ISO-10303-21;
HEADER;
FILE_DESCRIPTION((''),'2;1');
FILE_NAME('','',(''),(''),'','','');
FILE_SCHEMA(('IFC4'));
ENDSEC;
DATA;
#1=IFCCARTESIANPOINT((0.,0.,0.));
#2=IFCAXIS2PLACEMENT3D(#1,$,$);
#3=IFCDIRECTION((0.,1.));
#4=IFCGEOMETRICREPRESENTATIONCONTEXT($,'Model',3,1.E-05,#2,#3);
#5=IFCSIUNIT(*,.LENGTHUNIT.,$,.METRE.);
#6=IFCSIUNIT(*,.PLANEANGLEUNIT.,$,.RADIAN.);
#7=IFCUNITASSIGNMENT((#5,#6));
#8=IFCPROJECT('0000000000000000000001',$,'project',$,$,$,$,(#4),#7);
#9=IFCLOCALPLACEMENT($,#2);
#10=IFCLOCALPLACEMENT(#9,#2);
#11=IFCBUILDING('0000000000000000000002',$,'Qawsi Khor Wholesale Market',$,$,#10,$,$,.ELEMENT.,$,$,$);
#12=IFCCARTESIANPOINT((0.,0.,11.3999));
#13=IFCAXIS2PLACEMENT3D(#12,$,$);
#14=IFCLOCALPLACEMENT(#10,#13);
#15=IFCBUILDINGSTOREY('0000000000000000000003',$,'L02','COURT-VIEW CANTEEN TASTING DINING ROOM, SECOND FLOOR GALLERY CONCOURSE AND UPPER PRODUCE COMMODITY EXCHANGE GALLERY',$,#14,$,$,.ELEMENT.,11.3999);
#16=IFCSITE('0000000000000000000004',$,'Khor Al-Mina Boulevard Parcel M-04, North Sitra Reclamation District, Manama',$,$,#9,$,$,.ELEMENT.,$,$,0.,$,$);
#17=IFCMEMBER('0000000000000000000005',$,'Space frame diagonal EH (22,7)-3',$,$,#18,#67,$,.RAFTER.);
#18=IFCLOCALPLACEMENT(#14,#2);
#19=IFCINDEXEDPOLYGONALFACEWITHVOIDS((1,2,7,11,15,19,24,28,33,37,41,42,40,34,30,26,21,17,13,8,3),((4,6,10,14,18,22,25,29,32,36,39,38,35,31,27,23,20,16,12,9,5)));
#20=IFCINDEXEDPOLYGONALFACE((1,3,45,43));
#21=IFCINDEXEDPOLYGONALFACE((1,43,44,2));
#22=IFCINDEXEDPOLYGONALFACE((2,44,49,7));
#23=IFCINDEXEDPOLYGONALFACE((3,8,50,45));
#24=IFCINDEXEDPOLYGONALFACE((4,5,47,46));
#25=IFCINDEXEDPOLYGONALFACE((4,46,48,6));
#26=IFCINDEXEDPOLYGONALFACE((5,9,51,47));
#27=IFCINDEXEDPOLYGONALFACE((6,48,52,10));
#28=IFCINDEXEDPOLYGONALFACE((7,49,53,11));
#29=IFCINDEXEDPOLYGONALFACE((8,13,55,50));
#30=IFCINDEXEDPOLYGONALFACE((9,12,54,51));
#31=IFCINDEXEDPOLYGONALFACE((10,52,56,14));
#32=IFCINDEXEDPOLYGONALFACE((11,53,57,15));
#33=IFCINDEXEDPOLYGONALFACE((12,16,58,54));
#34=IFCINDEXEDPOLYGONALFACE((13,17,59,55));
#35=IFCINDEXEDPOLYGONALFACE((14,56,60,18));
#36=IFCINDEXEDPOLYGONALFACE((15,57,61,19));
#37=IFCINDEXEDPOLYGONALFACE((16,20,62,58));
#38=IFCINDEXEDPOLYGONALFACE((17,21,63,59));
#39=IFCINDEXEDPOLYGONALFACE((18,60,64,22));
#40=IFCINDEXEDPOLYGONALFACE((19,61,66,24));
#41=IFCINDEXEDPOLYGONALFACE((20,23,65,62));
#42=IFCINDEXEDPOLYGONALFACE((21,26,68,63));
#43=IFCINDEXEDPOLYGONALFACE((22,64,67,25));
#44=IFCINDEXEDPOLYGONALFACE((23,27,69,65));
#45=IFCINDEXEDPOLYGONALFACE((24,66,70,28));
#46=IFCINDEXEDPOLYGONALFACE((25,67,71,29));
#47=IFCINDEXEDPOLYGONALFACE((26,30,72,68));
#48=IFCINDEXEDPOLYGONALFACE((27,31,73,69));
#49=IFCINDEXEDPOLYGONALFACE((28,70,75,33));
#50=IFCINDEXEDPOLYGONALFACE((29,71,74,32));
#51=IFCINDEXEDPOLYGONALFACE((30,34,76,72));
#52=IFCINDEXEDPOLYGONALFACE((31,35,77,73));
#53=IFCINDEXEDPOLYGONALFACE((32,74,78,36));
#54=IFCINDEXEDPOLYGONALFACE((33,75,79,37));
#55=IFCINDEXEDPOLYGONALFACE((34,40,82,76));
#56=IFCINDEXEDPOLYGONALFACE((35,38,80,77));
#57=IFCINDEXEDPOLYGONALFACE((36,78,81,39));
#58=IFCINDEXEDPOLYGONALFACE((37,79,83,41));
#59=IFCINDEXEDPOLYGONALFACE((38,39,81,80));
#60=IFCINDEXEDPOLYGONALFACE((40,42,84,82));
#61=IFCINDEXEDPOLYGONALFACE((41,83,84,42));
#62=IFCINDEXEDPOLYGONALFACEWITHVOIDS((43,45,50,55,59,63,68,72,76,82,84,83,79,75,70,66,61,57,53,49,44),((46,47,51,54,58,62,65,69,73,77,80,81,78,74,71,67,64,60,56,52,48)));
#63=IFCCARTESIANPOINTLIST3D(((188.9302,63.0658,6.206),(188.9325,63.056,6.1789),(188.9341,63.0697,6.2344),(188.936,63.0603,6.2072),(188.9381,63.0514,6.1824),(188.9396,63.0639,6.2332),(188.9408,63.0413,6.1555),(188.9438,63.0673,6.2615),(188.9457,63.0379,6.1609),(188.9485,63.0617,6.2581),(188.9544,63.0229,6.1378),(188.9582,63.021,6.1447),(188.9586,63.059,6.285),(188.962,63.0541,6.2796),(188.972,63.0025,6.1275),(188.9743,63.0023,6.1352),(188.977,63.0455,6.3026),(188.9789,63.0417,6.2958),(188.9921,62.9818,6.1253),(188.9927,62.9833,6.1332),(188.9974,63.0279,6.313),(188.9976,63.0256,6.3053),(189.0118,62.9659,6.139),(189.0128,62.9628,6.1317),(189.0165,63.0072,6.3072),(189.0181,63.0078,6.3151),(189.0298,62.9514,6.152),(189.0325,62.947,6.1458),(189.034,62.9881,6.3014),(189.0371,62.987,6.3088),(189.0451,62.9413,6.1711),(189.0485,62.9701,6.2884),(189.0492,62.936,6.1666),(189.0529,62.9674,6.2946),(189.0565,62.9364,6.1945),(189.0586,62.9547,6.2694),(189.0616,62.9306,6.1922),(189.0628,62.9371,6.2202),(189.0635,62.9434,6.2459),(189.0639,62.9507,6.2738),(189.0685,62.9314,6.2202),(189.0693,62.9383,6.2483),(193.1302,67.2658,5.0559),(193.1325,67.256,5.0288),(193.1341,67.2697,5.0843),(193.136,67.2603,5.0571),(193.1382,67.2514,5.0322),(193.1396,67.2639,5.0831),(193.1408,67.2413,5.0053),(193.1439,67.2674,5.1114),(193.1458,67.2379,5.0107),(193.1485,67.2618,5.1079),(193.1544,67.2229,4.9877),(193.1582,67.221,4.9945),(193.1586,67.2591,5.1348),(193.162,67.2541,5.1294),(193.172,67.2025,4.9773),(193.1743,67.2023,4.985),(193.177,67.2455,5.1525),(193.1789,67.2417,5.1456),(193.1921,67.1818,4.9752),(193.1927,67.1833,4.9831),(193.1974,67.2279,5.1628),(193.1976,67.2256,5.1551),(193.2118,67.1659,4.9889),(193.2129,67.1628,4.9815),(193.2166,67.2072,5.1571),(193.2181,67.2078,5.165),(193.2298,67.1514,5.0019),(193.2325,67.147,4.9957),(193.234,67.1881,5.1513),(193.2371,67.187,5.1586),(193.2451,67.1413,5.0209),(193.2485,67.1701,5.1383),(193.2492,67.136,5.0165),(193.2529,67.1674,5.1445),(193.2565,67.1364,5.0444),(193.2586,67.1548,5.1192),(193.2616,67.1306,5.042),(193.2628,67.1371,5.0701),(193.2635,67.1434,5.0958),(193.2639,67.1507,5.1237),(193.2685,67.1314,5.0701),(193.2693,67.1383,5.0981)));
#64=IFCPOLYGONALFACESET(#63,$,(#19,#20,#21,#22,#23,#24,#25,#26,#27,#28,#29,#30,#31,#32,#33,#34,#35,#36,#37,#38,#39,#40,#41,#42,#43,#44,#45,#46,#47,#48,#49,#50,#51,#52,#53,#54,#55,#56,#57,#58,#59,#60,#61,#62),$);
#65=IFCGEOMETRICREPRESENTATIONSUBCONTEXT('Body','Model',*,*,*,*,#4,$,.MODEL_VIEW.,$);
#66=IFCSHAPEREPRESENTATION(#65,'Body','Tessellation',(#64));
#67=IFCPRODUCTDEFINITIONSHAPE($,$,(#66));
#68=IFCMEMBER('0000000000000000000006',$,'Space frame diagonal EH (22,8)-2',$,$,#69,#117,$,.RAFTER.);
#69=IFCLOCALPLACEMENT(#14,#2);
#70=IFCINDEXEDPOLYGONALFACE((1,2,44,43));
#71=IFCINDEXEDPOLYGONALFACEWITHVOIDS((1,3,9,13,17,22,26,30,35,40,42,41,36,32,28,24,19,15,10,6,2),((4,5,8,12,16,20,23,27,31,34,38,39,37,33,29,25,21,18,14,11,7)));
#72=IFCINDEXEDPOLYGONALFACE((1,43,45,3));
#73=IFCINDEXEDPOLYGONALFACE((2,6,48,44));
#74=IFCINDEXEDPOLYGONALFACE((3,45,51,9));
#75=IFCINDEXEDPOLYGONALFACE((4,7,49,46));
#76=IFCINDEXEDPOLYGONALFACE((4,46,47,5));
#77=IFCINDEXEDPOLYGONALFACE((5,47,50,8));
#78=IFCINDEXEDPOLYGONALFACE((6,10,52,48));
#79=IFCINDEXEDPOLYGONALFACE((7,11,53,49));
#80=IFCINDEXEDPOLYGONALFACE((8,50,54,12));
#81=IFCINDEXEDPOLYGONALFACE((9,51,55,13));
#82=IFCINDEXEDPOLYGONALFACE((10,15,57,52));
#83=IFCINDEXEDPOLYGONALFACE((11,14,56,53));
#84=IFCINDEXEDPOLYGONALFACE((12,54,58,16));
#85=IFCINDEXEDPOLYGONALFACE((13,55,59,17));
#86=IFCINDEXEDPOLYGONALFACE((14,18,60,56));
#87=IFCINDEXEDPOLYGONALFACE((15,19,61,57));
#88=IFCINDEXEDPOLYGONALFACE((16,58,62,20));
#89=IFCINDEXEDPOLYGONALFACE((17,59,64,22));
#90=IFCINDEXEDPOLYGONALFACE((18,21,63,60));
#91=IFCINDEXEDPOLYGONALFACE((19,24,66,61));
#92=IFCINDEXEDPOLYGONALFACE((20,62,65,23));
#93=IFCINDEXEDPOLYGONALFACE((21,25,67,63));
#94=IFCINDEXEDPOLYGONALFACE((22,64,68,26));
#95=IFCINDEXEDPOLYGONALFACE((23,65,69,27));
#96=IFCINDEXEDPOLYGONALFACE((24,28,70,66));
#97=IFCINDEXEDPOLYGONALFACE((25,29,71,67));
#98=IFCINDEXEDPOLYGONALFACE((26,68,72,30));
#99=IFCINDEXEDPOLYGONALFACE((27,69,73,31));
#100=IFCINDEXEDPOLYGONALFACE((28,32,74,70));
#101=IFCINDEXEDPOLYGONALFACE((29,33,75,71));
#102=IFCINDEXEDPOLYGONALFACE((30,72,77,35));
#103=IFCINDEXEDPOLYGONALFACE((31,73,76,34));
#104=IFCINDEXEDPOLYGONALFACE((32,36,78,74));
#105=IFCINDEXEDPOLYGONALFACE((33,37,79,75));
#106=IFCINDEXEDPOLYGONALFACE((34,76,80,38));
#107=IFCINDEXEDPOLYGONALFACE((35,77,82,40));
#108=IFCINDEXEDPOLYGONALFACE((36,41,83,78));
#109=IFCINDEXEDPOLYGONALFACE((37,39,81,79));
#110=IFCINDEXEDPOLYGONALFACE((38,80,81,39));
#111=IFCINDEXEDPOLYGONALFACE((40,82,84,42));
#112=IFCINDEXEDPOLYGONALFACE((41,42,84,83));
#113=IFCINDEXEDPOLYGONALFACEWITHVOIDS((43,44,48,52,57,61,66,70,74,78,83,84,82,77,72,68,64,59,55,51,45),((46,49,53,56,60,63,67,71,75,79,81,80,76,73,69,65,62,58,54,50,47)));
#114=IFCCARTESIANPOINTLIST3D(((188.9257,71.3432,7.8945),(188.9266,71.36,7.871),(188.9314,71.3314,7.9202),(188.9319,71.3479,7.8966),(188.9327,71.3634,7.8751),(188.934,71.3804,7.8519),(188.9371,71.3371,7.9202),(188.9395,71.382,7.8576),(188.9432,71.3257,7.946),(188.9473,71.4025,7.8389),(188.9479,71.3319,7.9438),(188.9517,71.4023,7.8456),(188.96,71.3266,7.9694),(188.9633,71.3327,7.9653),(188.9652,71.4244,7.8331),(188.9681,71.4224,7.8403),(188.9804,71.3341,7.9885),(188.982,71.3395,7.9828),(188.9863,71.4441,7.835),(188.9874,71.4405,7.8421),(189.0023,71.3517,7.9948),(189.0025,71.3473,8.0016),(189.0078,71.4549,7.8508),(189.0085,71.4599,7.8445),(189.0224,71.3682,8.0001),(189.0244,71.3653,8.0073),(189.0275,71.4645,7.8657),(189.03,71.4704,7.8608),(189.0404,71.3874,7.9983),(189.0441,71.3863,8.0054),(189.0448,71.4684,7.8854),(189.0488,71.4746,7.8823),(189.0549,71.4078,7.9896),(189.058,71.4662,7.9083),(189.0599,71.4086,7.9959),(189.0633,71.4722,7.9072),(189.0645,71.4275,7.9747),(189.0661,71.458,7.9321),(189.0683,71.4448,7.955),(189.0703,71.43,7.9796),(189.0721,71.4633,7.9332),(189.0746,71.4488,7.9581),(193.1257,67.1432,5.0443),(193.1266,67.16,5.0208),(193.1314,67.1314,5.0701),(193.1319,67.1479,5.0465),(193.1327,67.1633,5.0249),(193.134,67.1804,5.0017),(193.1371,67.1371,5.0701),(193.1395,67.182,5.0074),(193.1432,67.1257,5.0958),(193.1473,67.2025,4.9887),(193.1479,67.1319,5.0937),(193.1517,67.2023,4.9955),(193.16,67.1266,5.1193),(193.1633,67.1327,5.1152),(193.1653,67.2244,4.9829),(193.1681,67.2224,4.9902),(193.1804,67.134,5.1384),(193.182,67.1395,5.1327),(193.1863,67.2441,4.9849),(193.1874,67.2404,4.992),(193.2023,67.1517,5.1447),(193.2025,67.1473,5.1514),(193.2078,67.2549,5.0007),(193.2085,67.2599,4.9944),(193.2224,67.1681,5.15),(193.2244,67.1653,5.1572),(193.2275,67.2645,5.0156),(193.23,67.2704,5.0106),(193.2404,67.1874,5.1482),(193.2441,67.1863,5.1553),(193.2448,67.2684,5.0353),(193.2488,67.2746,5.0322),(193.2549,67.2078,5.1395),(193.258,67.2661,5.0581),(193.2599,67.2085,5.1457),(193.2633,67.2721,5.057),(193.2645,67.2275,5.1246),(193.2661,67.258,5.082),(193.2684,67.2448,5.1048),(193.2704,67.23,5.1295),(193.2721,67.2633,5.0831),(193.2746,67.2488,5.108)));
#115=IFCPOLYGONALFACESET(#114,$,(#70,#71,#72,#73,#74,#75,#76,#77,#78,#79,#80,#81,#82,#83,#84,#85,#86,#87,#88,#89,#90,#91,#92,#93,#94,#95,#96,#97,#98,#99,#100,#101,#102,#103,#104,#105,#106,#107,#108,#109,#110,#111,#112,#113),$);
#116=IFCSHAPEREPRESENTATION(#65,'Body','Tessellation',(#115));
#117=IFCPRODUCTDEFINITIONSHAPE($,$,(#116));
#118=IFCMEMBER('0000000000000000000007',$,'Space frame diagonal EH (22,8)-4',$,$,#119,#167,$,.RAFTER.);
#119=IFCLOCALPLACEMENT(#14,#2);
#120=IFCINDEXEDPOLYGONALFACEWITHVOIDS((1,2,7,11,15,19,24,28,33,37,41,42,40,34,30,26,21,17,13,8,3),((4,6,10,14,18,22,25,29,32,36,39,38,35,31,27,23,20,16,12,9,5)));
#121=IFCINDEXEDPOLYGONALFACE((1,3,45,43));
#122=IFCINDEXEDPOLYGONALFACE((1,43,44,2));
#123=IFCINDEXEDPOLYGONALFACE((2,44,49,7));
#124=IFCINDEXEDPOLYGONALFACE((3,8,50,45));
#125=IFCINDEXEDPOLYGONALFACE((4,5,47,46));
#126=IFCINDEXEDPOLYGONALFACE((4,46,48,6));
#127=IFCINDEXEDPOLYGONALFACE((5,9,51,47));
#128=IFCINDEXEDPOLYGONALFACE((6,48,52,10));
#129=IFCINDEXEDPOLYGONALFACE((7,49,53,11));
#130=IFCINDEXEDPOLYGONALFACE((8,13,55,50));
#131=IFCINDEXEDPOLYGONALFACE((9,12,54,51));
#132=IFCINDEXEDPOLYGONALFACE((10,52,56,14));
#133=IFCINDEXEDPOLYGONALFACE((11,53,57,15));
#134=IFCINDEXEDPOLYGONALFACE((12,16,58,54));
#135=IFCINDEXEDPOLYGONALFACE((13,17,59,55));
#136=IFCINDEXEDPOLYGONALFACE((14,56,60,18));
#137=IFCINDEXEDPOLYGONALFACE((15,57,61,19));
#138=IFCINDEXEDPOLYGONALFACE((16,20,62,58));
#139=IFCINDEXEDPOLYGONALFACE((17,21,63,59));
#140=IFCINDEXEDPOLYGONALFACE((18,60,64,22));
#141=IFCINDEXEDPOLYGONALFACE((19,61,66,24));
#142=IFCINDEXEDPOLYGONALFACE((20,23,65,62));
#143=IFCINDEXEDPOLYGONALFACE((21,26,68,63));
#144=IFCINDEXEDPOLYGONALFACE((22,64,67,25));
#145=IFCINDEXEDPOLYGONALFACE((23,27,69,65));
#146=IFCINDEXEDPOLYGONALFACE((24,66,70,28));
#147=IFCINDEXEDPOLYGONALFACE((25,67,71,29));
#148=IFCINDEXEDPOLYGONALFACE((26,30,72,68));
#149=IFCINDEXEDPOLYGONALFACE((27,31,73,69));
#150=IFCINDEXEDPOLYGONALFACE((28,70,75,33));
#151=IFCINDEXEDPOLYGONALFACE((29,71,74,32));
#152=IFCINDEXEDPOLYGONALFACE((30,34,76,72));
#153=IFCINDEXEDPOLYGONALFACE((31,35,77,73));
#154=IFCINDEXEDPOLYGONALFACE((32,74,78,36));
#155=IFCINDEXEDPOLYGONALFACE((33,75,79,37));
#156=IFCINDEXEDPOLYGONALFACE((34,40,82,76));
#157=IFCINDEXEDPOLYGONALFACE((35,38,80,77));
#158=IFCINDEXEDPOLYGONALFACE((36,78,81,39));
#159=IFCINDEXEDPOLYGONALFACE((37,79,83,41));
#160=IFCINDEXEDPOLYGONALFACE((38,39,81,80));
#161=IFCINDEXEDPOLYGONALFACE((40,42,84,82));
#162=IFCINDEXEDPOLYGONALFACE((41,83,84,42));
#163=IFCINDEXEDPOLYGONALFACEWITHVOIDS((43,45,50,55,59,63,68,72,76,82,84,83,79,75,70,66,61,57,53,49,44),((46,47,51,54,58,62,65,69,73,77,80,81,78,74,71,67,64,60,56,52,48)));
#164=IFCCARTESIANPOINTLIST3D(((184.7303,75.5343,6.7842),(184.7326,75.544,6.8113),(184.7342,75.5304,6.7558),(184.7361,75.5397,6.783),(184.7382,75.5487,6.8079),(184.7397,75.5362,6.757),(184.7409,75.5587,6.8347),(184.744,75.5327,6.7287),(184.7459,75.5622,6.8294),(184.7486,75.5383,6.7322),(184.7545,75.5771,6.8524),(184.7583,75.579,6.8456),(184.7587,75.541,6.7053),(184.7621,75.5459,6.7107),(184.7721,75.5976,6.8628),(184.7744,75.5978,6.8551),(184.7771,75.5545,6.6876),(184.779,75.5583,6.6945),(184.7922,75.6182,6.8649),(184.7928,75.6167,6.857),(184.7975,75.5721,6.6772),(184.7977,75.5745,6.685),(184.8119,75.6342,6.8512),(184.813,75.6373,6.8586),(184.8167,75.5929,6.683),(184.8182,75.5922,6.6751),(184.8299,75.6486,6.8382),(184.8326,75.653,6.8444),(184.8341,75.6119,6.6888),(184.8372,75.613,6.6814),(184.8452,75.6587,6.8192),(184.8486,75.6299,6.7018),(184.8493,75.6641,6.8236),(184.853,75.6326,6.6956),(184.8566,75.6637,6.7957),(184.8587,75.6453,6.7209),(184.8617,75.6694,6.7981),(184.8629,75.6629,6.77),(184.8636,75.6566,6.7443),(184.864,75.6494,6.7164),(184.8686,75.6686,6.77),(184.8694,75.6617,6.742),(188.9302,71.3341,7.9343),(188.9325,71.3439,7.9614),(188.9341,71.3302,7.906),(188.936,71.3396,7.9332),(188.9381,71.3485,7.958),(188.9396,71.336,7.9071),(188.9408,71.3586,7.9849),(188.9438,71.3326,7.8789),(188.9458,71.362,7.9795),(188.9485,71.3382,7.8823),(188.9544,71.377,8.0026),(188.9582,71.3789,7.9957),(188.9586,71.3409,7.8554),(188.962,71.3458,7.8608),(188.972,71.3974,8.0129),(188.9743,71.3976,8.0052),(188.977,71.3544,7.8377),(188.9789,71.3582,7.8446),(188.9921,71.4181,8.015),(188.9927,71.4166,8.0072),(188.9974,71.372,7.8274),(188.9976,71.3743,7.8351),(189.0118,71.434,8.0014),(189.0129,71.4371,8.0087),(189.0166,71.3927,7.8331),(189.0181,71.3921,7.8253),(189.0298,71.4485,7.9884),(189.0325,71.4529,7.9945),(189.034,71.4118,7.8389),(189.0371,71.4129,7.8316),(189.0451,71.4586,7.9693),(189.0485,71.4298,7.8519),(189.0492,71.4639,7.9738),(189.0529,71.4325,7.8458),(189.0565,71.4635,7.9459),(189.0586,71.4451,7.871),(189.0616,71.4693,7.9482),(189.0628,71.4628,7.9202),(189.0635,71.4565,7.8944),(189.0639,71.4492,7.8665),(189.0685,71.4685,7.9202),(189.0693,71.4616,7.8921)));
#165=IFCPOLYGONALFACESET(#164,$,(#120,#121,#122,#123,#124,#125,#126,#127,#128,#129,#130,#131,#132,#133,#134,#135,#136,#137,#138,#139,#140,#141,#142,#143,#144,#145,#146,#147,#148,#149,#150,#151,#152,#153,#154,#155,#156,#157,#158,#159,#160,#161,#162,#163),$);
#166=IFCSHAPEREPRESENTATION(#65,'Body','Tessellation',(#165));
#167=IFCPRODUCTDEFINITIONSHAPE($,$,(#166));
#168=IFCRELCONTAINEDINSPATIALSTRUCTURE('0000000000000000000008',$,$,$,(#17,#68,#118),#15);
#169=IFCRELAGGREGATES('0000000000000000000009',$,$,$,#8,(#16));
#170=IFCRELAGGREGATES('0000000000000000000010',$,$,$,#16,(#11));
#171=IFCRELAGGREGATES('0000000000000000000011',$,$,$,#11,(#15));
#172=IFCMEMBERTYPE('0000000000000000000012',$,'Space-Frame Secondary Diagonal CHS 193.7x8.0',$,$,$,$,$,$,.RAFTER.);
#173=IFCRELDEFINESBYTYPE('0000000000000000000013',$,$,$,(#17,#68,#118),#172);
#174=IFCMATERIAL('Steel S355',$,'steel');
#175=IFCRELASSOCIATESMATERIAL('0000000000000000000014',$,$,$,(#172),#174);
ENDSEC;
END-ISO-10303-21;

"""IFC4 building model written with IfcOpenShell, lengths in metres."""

from ifc_helpers import new_model, si_unit, direction, frame, origin, origin_2d, place, context, subcontext, project, spatial, hollow_circle, extrude, material, material_profile, profile_set, type_object, element, save


model = new_model("IFC4")

# Units and contexts
model_context = context("Model", 3, precision=1e-05, world=origin(), true_north=direction((0.0, 1.0)))
body_context = subcontext(model_context, "Body", "Model", "MODEL_VIEW")
ifc_project = project(units=[si_unit("LENGTHUNIT", "METRE"), si_unit("PLANEANGLEUNIT", "RADIAN")], contexts=[model_context])

# Site, building, storey
site_placement = place(None, origin())
site = spatial("IfcSite", under=ifc_project, at=site_placement, Name="Khor Al-Mina Boulevard Parcel M-04, North Sitra Reclamation District, Manama", CompositionType="ELEMENT", RefElevation=0.0)
building_placement = place(site_placement, origin())
building = spatial("IfcBuilding", under=site, at=building_placement, Name="Qawsi Khor Wholesale Market", CompositionType="ELEMENT")
storey_placement = place(building_placement, frame((0.0, 0.0, 11.3999)))
storey = spatial("IfcBuildingStorey", under=building, at=storey_placement, Name="L02", Description="COURT-VIEW CANTEEN TASTING DINING ROOM, SECOND FLOOR GALLERY CONCOURSE AND UPPER PRODUCE COMMODITY EXCHANGE GALLERY", CompositionType="ELEMENT", Elevation=11.3999)

# Members
ifc_material_1 = material(Name="Steel S355", Category="steel")
ifc_material_profile_1 = material_profile(ifc_material_1, hollow_circle(Radius=0.0969, WallThickness=0.0081, at=origin_2d()), Name="CHS 193.7x8.0")
ifc_profile_set_1 = profile_set([ifc_material_profile_1], Name="Steel S355")
member_type_1 = type_object("IfcMemberType", Name="Space-Frame Secondary Diagonal CHS 193.7x8.0", PredefinedType="RAFTER", material=ifc_profile_set_1)
for number, where, z_axis, x_axis, name in (
    (1, (193.2, 67.2, 5.0701), (-0.694211, -0.694211, 0.190108), (0.707107, -0.707107, 0.0), "Space frame diagonal EH (22,7)-3"),
):
    element("IfcMember", number, at=place(storey_placement, frame(where, z_axis=z_axis, x_axis=x_axis)), inside=storey, type_object=member_type_1, Name=name, PredefinedType="RAFTER", context=body_context, shape_type="SweptSolid", body=[
        extrude(hollow_circle(Radius=0.0969, WallThickness=0.0081, at=origin_2d()), origin(), (0.0, 0.0, 1.0), 6.05),
    ])
member_1_placement = place(storey_placement, frame((193.2, 67.2, 5.0701), z_axis=(-0.637512, 0.637512, 0.432617), x_axis=(-0.707107, -0.707107, 0.0)))
element("IfcMember", 2, at=member_1_placement, inside=storey, type_object=member_type_1, Name="Space frame diagonal EH (22,8)-2", PredefinedType="RAFTER", context=body_context, shape_type="SweptSolid", body=[
    extrude(hollow_circle(Radius=0.0969, WallThickness=0.0081, at=origin_2d()), origin(), (0.0, 0.0, 1.0), 6.5881),
])
for number, where, z_axis, x_axis, name in (
    (3, (184.8, 75.6001, 6.77), (0.694192, -0.694232, 0.190103), (0.707127, 0.707086, 0.0), "Space frame diagonal EH (22,8)-4"),
):
    element("IfcMember", number, at=place(storey_placement, frame(where, z_axis=z_axis, x_axis=x_axis)), inside=storey, type_object=member_type_1, Name=name, PredefinedType="RAFTER", context=body_context, shape_type="SweptSolid", body=[
        extrude(hollow_circle(Radius=0.0969, WallThickness=0.0081, at=origin_2d()), origin(), (0.0, 0.0, 1.0), 6.05),
    ])

save(model, "model.ifc")
